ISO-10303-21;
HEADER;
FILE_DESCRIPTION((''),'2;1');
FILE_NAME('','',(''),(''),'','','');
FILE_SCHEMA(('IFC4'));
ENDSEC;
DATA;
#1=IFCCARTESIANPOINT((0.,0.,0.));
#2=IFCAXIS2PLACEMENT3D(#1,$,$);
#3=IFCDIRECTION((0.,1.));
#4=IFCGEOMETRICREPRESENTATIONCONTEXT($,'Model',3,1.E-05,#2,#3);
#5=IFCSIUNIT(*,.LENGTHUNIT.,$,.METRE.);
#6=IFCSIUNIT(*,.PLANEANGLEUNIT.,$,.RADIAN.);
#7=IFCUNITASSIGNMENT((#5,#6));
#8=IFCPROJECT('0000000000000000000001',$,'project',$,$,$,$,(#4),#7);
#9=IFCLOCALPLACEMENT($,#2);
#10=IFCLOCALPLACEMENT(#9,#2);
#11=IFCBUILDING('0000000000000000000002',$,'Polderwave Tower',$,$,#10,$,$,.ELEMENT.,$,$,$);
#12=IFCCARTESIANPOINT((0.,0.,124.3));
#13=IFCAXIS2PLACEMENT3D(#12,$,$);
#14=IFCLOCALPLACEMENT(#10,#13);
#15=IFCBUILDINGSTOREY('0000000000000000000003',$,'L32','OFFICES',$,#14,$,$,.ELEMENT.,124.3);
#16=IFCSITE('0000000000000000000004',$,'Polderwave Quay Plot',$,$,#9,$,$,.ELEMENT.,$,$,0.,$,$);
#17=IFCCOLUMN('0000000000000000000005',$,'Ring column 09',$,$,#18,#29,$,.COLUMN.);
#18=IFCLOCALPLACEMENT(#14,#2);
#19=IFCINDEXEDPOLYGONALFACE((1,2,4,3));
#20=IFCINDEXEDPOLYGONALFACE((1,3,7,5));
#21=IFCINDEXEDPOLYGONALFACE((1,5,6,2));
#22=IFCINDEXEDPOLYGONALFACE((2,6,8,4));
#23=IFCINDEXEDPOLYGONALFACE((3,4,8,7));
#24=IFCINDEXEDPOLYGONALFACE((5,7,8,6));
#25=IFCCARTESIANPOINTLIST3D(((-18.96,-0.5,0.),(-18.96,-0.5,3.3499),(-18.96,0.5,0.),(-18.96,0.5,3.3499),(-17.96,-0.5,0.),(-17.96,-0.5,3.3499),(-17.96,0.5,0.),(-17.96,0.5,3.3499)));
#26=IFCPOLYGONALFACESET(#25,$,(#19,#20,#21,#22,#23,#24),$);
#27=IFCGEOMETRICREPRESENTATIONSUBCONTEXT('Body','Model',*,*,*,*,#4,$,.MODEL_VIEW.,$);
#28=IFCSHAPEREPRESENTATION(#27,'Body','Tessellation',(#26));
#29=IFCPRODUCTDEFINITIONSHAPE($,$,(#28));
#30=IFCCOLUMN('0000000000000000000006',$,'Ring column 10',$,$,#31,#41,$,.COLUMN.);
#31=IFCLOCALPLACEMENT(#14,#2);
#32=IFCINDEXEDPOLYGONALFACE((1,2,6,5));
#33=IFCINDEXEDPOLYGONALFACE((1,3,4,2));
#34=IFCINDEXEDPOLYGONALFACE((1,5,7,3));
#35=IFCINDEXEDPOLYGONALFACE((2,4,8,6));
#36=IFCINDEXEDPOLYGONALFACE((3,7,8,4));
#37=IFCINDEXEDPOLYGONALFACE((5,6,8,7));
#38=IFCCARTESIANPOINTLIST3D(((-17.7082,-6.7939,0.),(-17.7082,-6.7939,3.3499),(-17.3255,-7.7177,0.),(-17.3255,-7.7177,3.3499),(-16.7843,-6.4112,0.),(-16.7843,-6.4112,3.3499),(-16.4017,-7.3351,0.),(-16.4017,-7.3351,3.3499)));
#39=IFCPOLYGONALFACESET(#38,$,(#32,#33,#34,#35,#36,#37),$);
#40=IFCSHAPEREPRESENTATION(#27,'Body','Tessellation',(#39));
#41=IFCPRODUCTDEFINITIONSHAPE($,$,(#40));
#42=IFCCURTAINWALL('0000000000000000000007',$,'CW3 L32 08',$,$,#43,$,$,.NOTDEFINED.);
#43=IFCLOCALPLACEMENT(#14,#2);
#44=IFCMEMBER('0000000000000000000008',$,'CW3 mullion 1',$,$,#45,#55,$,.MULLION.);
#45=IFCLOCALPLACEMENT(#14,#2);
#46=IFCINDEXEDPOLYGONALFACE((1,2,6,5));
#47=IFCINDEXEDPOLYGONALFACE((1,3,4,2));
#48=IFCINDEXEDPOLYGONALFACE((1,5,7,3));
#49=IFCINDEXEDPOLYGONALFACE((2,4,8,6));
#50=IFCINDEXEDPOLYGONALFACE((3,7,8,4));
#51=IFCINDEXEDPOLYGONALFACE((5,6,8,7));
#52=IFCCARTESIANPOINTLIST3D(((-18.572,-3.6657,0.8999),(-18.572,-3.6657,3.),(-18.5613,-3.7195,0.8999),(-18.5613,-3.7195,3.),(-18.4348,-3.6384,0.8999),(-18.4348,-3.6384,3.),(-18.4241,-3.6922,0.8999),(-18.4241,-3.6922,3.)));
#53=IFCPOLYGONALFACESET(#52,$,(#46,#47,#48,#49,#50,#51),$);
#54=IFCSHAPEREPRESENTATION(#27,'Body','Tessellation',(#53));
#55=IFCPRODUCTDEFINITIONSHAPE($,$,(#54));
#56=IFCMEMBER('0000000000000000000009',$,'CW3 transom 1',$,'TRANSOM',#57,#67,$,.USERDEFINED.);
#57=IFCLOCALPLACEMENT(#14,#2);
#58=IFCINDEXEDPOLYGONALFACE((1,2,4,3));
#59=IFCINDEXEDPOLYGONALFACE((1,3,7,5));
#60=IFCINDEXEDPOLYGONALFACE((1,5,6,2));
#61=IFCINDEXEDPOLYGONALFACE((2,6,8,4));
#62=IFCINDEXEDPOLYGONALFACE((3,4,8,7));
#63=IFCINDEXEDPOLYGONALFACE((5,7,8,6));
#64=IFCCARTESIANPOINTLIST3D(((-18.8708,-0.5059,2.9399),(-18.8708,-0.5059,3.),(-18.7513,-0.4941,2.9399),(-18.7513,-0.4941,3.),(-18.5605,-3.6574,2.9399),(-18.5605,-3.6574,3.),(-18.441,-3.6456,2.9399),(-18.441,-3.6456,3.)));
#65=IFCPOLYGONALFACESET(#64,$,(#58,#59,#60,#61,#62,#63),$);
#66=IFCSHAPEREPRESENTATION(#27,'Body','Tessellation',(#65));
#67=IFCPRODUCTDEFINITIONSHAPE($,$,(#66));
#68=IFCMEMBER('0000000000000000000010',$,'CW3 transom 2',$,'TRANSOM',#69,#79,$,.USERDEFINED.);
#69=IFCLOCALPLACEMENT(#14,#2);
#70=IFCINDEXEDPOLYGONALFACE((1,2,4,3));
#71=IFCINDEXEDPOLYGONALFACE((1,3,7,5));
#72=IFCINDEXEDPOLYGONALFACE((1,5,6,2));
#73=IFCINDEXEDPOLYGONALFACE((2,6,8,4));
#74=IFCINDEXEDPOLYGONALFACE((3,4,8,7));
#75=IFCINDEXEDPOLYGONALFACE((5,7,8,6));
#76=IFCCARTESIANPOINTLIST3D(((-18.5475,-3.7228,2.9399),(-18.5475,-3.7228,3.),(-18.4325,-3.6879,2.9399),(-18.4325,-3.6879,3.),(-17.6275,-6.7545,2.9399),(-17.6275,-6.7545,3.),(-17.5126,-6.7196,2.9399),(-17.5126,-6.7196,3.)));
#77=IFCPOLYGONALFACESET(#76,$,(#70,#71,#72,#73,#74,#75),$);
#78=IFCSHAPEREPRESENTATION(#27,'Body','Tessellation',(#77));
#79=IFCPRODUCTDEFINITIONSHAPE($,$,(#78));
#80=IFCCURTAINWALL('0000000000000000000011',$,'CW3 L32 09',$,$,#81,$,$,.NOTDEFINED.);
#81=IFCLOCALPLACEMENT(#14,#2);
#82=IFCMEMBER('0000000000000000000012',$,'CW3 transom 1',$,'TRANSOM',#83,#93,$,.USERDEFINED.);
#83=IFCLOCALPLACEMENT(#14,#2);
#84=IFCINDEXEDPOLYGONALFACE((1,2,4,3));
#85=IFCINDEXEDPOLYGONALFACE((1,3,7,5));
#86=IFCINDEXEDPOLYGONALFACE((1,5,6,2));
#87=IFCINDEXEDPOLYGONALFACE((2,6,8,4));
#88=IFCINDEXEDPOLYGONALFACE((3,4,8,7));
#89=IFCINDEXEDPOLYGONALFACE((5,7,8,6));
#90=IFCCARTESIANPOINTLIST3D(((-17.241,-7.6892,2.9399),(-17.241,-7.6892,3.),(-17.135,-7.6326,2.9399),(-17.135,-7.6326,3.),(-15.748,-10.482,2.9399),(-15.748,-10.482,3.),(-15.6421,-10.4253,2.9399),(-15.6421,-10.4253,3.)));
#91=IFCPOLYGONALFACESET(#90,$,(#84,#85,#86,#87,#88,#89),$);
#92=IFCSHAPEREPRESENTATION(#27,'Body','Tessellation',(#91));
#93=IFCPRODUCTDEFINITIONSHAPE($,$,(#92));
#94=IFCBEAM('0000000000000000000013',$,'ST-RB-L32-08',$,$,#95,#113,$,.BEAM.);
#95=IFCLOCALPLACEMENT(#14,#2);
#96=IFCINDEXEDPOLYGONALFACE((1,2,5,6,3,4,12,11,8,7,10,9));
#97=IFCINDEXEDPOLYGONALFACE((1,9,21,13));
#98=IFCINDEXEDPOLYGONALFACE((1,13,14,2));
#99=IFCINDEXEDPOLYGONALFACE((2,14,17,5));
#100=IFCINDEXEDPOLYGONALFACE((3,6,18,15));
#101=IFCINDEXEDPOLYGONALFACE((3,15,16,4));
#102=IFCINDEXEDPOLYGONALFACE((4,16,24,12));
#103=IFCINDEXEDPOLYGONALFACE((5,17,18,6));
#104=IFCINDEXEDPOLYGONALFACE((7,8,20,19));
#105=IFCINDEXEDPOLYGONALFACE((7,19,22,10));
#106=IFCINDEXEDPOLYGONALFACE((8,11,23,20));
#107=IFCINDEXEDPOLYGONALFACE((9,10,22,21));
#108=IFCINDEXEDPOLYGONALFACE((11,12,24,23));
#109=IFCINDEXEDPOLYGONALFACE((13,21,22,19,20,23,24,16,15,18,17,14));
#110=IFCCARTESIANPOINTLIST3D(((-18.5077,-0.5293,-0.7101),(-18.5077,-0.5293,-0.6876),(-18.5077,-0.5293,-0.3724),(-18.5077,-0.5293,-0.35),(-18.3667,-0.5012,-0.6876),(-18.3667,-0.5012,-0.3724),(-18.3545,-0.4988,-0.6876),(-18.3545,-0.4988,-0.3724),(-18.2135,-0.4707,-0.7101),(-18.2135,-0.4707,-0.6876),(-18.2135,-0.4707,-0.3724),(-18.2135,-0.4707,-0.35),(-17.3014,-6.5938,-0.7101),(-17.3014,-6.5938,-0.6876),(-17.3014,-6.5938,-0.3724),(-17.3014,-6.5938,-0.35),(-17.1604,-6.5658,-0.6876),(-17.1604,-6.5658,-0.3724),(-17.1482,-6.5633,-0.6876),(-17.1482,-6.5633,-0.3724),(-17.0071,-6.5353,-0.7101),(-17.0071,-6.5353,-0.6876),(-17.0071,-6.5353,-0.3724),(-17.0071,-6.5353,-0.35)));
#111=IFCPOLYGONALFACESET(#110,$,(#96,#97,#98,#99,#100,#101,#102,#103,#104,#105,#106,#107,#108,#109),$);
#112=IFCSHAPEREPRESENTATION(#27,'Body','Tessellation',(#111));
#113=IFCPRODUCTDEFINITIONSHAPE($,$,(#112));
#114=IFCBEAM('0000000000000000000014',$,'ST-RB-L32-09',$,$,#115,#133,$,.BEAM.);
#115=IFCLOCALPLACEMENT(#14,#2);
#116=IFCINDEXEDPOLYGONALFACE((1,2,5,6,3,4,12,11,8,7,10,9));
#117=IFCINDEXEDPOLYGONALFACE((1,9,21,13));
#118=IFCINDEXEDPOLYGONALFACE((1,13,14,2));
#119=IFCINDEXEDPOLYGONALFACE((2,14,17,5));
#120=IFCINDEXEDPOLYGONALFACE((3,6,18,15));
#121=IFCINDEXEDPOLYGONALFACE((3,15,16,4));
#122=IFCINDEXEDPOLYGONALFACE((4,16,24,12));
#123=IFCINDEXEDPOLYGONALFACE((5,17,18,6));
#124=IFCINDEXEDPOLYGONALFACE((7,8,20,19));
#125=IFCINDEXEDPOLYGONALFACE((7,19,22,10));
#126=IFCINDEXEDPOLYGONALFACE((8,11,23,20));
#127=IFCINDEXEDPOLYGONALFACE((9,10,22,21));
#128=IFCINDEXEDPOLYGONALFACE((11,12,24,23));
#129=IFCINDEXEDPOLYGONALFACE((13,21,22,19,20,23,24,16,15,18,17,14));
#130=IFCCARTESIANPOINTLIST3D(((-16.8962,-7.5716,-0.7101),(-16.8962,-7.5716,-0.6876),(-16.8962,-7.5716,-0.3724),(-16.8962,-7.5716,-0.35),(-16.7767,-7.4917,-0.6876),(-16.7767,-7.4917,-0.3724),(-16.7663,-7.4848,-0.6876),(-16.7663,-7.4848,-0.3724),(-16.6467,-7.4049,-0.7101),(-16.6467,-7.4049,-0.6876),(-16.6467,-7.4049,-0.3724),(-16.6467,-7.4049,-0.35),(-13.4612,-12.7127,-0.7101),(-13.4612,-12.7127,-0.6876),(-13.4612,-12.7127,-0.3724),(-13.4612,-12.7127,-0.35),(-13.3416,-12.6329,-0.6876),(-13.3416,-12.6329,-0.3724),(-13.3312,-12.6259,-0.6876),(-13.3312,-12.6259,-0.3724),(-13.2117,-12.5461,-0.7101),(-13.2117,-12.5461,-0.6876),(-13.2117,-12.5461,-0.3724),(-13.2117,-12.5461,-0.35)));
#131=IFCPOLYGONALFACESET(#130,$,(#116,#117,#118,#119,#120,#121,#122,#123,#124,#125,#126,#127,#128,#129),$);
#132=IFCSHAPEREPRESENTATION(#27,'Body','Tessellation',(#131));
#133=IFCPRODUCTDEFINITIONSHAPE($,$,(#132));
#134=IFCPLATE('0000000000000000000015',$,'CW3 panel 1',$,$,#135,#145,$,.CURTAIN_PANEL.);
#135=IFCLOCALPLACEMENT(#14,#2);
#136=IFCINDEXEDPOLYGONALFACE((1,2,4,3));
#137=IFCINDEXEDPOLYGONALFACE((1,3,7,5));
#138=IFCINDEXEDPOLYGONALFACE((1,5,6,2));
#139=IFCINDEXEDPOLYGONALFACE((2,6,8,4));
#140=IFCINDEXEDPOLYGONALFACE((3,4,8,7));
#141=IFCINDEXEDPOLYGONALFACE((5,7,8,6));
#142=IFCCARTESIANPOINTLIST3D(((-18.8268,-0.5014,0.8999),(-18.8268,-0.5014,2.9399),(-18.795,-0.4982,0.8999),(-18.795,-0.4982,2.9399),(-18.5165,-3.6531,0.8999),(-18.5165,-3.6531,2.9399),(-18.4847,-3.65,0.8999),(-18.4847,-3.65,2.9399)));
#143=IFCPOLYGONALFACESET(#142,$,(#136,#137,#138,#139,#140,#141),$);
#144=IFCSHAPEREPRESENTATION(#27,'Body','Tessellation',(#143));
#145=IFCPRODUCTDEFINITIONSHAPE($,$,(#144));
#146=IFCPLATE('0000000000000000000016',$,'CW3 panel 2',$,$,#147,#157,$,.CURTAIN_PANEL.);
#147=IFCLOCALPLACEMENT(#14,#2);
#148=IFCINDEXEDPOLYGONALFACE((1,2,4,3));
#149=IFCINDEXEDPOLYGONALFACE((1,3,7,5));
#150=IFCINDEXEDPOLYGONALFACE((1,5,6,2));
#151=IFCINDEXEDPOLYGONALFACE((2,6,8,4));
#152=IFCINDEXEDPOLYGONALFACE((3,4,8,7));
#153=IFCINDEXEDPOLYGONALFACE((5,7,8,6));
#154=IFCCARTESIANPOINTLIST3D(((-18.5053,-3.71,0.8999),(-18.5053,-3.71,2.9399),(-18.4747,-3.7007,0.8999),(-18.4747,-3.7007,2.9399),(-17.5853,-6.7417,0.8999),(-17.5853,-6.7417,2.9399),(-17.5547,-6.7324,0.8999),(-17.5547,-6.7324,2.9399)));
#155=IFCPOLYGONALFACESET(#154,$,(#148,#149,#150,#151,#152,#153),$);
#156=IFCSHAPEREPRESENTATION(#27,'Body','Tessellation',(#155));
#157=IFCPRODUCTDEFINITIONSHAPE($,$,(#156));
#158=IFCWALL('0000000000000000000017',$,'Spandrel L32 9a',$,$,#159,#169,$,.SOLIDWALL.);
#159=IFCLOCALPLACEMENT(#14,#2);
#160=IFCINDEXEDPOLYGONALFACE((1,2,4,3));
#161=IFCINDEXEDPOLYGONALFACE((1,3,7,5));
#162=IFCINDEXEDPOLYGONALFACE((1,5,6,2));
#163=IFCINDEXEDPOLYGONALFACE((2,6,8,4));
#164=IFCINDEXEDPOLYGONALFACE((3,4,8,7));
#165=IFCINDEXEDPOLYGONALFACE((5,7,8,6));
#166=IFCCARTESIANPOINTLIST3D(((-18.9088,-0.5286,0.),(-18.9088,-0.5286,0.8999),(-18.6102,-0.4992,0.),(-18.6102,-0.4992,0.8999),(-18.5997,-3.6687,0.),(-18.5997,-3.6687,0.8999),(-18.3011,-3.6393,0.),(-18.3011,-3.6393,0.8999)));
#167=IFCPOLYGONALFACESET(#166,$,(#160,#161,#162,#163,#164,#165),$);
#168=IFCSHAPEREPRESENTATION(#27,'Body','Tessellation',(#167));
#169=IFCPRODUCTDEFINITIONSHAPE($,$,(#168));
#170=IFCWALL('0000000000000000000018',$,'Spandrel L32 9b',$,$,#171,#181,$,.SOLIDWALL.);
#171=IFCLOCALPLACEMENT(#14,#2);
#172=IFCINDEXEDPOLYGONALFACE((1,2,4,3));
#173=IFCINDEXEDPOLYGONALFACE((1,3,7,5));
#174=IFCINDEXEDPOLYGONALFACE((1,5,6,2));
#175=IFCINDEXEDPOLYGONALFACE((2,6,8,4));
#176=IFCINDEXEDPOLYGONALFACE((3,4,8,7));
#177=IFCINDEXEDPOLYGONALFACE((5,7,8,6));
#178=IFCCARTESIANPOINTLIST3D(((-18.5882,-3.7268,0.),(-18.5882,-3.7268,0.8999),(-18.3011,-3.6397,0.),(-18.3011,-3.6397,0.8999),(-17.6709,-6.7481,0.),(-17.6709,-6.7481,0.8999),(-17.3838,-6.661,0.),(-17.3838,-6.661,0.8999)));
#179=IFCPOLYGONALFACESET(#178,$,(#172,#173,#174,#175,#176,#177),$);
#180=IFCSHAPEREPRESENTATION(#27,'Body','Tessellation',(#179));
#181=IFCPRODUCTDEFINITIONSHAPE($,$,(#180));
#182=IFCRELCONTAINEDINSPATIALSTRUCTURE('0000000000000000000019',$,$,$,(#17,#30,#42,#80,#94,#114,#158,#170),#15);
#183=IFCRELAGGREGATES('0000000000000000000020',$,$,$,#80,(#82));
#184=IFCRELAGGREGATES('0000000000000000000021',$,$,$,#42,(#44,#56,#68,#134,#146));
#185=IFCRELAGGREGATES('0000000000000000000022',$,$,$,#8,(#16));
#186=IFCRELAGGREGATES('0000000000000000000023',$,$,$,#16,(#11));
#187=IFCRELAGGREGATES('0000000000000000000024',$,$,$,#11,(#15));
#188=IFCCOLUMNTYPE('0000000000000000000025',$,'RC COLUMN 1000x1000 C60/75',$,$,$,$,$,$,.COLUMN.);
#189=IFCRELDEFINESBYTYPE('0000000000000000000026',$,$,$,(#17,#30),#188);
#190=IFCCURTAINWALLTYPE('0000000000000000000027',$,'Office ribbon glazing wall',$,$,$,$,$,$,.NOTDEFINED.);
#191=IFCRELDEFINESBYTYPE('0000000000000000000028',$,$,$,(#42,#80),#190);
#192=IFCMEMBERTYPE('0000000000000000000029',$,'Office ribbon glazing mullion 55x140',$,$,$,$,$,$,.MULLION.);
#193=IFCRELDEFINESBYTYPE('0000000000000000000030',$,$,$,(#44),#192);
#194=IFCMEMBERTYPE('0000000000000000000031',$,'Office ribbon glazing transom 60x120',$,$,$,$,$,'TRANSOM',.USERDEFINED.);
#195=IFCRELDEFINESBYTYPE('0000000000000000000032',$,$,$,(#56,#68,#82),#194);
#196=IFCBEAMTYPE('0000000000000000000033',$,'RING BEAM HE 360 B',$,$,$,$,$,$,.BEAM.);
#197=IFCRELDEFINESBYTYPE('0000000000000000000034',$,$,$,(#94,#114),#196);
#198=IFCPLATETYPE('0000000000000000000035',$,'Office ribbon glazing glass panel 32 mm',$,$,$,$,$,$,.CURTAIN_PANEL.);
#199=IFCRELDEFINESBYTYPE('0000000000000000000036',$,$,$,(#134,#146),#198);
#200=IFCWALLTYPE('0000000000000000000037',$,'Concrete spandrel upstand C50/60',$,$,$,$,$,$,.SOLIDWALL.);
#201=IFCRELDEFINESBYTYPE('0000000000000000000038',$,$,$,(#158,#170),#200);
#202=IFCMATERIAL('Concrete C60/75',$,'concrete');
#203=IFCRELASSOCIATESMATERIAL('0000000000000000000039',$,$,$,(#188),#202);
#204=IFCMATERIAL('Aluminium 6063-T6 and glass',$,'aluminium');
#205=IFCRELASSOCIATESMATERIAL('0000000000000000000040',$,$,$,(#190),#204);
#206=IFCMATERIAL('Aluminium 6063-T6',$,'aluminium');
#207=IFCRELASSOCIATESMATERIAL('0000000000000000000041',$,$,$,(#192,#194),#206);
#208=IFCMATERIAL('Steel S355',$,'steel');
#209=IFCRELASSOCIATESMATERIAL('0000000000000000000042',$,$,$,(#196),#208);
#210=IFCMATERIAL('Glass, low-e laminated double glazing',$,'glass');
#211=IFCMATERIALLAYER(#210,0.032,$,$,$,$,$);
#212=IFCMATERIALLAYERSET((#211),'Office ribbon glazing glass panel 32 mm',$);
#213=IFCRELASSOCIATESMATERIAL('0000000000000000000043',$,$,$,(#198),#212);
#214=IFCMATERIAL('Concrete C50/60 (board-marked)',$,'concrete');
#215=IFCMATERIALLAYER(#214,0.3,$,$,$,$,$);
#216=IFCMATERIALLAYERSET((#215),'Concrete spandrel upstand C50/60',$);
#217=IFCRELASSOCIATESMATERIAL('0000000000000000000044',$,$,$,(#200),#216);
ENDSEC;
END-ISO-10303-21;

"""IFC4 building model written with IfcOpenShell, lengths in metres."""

from ifc_helpers import new_model, si_unit, direction, frame, frame_2d, origin, origin_2d, place, context, subcontext, project, spatial, rectangle, i_section, extrude, material, layer, layer_set, material_profile, profile_set, type_object, element, aggregate, save


model = new_model("IFC4")

# Units and contexts
model_context = context("Model", 3, precision=1e-05, world=origin(), true_north=direction((0.0, 1.0)))
body_context = subcontext(model_context, "Body", "Model", "MODEL_VIEW")
ifc_project = project(units=[si_unit("LENGTHUNIT", "METRE"), si_unit("PLANEANGLEUNIT", "RADIAN")], contexts=[model_context])

# Site, building, storey
site_placement = place(None, origin())
site = spatial("IfcSite", under=ifc_project, at=site_placement, Name="Polderwave Quay Plot", CompositionType="ELEMENT", RefElevation=0.0)
building_placement = place(site_placement, origin())
building = spatial("IfcBuilding", under=site, at=building_placement, Name="Polderwave Tower", CompositionType="ELEMENT")
storey_placement = place(building_placement, frame((0.0, 0.0, 124.3)))
storey = spatial("IfcBuildingStorey", under=building, at=storey_placement, Name="L32", Description="OFFICES", CompositionType="ELEMENT", Elevation=124.3)

# Columns
ifc_material_1 = material(Name="Concrete C60/75", Category="concrete")
ifc_material_profile_1 = material_profile(ifc_material_1, rectangle(XDim=1.0, YDim=1.0, at=origin_2d()), Name="RC 1000x1000")
ifc_profile_set_1 = profile_set([ifc_material_profile_1], Name="Concrete C60/75")
column_type = type_object("IfcColumnType", Name="RC COLUMN 1000x1000 C60/75", PredefinedType="COLUMN", material=ifc_profile_set_1)
for number, where, z_axis, x_axis, name in (
    (1, (-18.46, 0.0, 0.0), (0.0, 0.0, 1.0), (-1.0, 0.0, 0.0), "Ring column 09"),
    (2, (-17.0549, -7.0645, 0.0), (0.0, 0.0, 1.0), (-0.92388, -0.382683, 0.0), "Ring column 10"),
):
    element("IfcColumn", number, at=place(storey_placement, frame(where, z_axis=z_axis, x_axis=x_axis)), inside=storey, type_object=column_type, Name=name, PredefinedType="COLUMN", context=body_context, shape_type="SweptSolid", body=[
        extrude(rectangle(XDim=1.0, YDim=1.0, at=origin_2d()), origin(), (0.0, 0.0, 1.0), 3.3499),
    ])

# Curtain wall, members
ifc_material_2 = material(Name="Aluminium 6063-T6 and glass", Category="aluminium")
curtain_wall_type = type_object("IfcCurtainWallType", Name="Office ribbon glazing wall", PredefinedType="NOTDEFINED", material=ifc_material_2)
curtain_wall_1_placement = place(storey_placement, origin())
curtain_wall_1 = element("IfcCurtainWall", 3, at=curtain_wall_1_placement, inside=storey, type_object=curtain_wall_type, Name="CW3 L32 08", PredefinedType="NOTDEFINED")
ifc_material_3 = material(Name="Aluminium 6063-T6", Category="aluminium")
ifc_material_profile_2 = material_profile(ifc_material_3, rectangle(XDim=0.1399, YDim=0.0549, at=origin_2d()), Name="AL 55x140")
ifc_profile_set_2 = profile_set([ifc_material_profile_2], Name="Aluminium 6063-T6")
member_type_1 = type_object("IfcMemberType", Name="Office ribbon glazing mullion 55x140", PredefinedType="MULLION", material=ifc_profile_set_2)
member_1_placement = place(storey_placement, frame((-18.498, -3.679, 0.8999), z_axis=(0.0, 0.0, 1.0), x_axis=(0.980778, 0.195128, 0.0)))
member_1 = element("IfcMember", 4, at=member_1_placement, type_object=member_type_1, Name="CW3 mullion 1", PredefinedType="MULLION", context=body_context, shape_type="SweptSolid", body=[
    extrude(rectangle(XDim=0.1399, YDim=0.0549, at=origin_2d()), origin(), (0.0, 0.0, 1.0), 2.1001),
])
ifc_material_profile_3 = material_profile(ifc_material_3, rectangle(XDim=0.1201, YDim=0.0601, at=origin_2d()), Name="AL 60x120")
ifc_profile_set_3 = profile_set([ifc_material_profile_3], Name="Aluminium 6063-T6")
member_type_2 = type_object("IfcMemberType", Name="Office ribbon glazing transom 60x120", ElementType="TRANSOM", PredefinedType="USERDEFINED", material=ifc_profile_set_3)
member_2_placement = place(storey_placement, frame((-18.811, -0.5, 2.97), z_axis=(0.097985, -0.995188, 0.0), x_axis=(0.995188, 0.097985, 0.0)))
member_2 = element("IfcMember", 5, at=member_2_placement, type_object=member_type_2, Name="CW3 transom 1", ObjectType="TRANSOM", PredefinedType="USERDEFINED", context=body_context, shape_type="SweptSolid", body=[
    extrude(rectangle(XDim=0.1201, YDim=0.0601, at=origin_2d()), origin(), (0.0, 0.0, 1.0), 3.1667),
])
member_3_placement = place(storey_placement, frame((-18.49, -3.7053, 2.97), z_axis=(0.290358, -0.956918, 0.0), x_axis=(0.956918, 0.290358, 0.0)))
member_3 = element("IfcMember", 6, at=member_3_placement, type_object=member_type_2, Name="CW3 transom 2", ObjectType="TRANSOM", PredefinedType="USERDEFINED", context=body_context, shape_type="SweptSolid", body=[
    extrude(rectangle(XDim=0.1201, YDim=0.0601, at=origin_2d()), origin(), (0.0, 0.0, 1.0), 3.1682),
])

# Curtain wall, member
curtain_wall_2_placement = place(storey_placement, origin())
curtain_wall_2 = element("IfcCurtainWall", 7, at=curtain_wall_2_placement, inside=storey, type_object=curtain_wall_type, Name="CW3 L32 09", PredefinedType="NOTDEFINED")
member_4_placement = place(storey_placement, frame((-17.188, -7.6609, 2.97), z_axis=(0.47144, -0.881898, 0.0), x_axis=(0.881898, 0.47144, 0.0)))
member_4 = element("IfcMember", 8, at=member_4_placement, type_object=member_type_2, Name="CW3 transom 1", ObjectType="TRANSOM", PredefinedType="USERDEFINED", context=body_context, shape_type="SweptSolid", body=[
    extrude(rectangle(XDim=0.1201, YDim=0.0601, at=origin_2d()), origin(), (0.0, 0.0, 1.0), 3.1667),
])
aggregate(curtain_wall_2, [member_4])

# Beams
ifc_material_4 = material(Name="Steel S355", Category="steel")
ifc_material_profile_4 = material_profile(ifc_material_4, i_section(OverallWidth=0.3, OverallDepth=0.3601, WebThickness=0.0125, FlangeThickness=0.0225, at=origin_2d()), Name="HE 360 B")
ifc_profile_set_4 = profile_set([ifc_material_profile_4], Name="Steel S355")
beam_type = type_object("IfcBeamType", Name="RING BEAM HE 360 B", PredefinedType="BEAM", material=ifc_profile_set_4)
beam_1_placement = place(storey_placement, frame((-18.3606, -0.5, -0.53), z_axis=(0.195091, -0.980785, 0.0), x_axis=(0.980785, 0.195091, 0.0)))
element("IfcBeam", 9, at=beam_1_placement, inside=storey, type_object=beam_type, Name="ST-RB-L32-08", PredefinedType="BEAM", context=body_context, shape_type="SweptSolid", body=[
    extrude(i_section(OverallWidth=0.3, OverallDepth=0.3601, WebThickness=0.0125, FlangeThickness=0.0225, at=origin_2d()), origin(), (0.0, 0.0, 1.0), 6.1833),
])
beam_2_placement = place(storey_placement, frame((-16.7715, -7.4883, -0.53), z_axis=(0.555556, -0.831479, 0.0), x_axis=(0.831479, 0.555556, 0.0)))
element("IfcBeam", 10, at=beam_2_placement, inside=storey, type_object=beam_type, Name="ST-RB-L32-09", PredefinedType="BEAM", context=body_context, shape_type="SweptSolid", body=[
    extrude(i_section(OverallWidth=0.3, OverallDepth=0.3601, WebThickness=0.0125, FlangeThickness=0.0225, at=origin_2d()), origin(), (0.0, 0.0, 1.0), 6.1831),
])

# Plates
ifc_material_5 = material(Name="Glass, low-e laminated double glazing", Category="glass")
ifc_layer_1 = layer(ifc_material_5, 0.032)
ifc_layer_set_1 = layer_set([ifc_layer_1], Name="Office ribbon glazing glass panel 32 mm")
plate_type = type_object("IfcPlateType", Name="Office ribbon glazing glass panel 32 mm", PredefinedType="CURTAIN_PANEL", material=ifc_layer_set_1)
plate_1_placement = place(storey_placement, frame((-18.6558, -2.0757, 0.8999), z_axis=(0.0, 0.0, 1.0), x_axis=(0.097984, -0.995188, 0.0)))
plate_1 = element("IfcPlate", 11, at=plate_1_placement, type_object=plate_type, Name="CW3 panel 1", PredefinedType="CURTAIN_PANEL", context=body_context, shape_type="SweptSolid", body=[
    extrude(rectangle(XDim=3.167, YDim=0.032, at=origin_2d()), origin(), (0.0, 0.0, 1.0), 2.04),
])
plate_2_placement = place(storey_placement, frame((-18.03, -5.2212, 0.8999), z_axis=(0.0, 0.0, 1.0), x_axis=(0.29039, -0.956908, 0.0)))
plate_2 = element("IfcPlate", 12, at=plate_2_placement, type_object=plate_type, Name="CW3 panel 2", PredefinedType="CURTAIN_PANEL", context=body_context, shape_type="SweptSolid", body=[
    extrude(rectangle(XDim=3.1682, YDim=0.032, at=origin_2d()), origin(), (0.0, 0.0, 1.0), 2.04),
])
aggregate(curtain_wall_1, [member_1, member_2, member_3, plate_1, plate_2])

# Walls
ifc_material_6 = material(Name="Concrete C50/60 (board-marked)", Category="concrete")
ifc_layer_2 = layer(ifc_material_6, 0.3)
ifc_layer_set_2 = layer_set([ifc_layer_2], Name="Concrete spandrel upstand C50/60")
wall_type_1 = type_object("IfcWallType", Name="Concrete spandrel upstand C50/60", PredefinedType="SOLIDWALL", material=ifc_layer_set_2)
wall_1_placement = place(storey_placement, frame((-18.7595, -0.5139, 0.0), z_axis=(0.0, 0.0, 1.0), x_axis=(0.097956, -0.995191, 0.0)))
element("IfcWall", 13, at=wall_1_placement, inside=storey, type_object=wall_type_1, Name="Spandrel L32 9a", PredefinedType="SOLIDWALL", context=body_context, shape_type="SweptSolid", body=[
    extrude(rectangle(XDim=3.1553, YDim=0.3, at=frame_2d((1.5776, 0.0))), origin(), (0.0, 0.0, 1.0), 0.8999),
])
wall_2_placement = place(storey_placement, frame((-18.4446, -3.6833, 0.0), z_axis=(0.0, 0.0, 1.0), x_axis=(0.290503, -0.956874, 0.0)))
element("IfcWall", 14, at=wall_2_placement, inside=storey, type_object=wall_type_1, Name="Spandrel L32 9b", PredefinedType="SOLIDWALL", context=body_context, shape_type="SweptSolid", body=[
    extrude(rectangle(XDim=3.1575, YDim=0.3, at=frame_2d((1.5786, 0.0))), origin(), (0.0, 0.0, 1.0), 0.8999),
])

save(model, "model.ifc")
